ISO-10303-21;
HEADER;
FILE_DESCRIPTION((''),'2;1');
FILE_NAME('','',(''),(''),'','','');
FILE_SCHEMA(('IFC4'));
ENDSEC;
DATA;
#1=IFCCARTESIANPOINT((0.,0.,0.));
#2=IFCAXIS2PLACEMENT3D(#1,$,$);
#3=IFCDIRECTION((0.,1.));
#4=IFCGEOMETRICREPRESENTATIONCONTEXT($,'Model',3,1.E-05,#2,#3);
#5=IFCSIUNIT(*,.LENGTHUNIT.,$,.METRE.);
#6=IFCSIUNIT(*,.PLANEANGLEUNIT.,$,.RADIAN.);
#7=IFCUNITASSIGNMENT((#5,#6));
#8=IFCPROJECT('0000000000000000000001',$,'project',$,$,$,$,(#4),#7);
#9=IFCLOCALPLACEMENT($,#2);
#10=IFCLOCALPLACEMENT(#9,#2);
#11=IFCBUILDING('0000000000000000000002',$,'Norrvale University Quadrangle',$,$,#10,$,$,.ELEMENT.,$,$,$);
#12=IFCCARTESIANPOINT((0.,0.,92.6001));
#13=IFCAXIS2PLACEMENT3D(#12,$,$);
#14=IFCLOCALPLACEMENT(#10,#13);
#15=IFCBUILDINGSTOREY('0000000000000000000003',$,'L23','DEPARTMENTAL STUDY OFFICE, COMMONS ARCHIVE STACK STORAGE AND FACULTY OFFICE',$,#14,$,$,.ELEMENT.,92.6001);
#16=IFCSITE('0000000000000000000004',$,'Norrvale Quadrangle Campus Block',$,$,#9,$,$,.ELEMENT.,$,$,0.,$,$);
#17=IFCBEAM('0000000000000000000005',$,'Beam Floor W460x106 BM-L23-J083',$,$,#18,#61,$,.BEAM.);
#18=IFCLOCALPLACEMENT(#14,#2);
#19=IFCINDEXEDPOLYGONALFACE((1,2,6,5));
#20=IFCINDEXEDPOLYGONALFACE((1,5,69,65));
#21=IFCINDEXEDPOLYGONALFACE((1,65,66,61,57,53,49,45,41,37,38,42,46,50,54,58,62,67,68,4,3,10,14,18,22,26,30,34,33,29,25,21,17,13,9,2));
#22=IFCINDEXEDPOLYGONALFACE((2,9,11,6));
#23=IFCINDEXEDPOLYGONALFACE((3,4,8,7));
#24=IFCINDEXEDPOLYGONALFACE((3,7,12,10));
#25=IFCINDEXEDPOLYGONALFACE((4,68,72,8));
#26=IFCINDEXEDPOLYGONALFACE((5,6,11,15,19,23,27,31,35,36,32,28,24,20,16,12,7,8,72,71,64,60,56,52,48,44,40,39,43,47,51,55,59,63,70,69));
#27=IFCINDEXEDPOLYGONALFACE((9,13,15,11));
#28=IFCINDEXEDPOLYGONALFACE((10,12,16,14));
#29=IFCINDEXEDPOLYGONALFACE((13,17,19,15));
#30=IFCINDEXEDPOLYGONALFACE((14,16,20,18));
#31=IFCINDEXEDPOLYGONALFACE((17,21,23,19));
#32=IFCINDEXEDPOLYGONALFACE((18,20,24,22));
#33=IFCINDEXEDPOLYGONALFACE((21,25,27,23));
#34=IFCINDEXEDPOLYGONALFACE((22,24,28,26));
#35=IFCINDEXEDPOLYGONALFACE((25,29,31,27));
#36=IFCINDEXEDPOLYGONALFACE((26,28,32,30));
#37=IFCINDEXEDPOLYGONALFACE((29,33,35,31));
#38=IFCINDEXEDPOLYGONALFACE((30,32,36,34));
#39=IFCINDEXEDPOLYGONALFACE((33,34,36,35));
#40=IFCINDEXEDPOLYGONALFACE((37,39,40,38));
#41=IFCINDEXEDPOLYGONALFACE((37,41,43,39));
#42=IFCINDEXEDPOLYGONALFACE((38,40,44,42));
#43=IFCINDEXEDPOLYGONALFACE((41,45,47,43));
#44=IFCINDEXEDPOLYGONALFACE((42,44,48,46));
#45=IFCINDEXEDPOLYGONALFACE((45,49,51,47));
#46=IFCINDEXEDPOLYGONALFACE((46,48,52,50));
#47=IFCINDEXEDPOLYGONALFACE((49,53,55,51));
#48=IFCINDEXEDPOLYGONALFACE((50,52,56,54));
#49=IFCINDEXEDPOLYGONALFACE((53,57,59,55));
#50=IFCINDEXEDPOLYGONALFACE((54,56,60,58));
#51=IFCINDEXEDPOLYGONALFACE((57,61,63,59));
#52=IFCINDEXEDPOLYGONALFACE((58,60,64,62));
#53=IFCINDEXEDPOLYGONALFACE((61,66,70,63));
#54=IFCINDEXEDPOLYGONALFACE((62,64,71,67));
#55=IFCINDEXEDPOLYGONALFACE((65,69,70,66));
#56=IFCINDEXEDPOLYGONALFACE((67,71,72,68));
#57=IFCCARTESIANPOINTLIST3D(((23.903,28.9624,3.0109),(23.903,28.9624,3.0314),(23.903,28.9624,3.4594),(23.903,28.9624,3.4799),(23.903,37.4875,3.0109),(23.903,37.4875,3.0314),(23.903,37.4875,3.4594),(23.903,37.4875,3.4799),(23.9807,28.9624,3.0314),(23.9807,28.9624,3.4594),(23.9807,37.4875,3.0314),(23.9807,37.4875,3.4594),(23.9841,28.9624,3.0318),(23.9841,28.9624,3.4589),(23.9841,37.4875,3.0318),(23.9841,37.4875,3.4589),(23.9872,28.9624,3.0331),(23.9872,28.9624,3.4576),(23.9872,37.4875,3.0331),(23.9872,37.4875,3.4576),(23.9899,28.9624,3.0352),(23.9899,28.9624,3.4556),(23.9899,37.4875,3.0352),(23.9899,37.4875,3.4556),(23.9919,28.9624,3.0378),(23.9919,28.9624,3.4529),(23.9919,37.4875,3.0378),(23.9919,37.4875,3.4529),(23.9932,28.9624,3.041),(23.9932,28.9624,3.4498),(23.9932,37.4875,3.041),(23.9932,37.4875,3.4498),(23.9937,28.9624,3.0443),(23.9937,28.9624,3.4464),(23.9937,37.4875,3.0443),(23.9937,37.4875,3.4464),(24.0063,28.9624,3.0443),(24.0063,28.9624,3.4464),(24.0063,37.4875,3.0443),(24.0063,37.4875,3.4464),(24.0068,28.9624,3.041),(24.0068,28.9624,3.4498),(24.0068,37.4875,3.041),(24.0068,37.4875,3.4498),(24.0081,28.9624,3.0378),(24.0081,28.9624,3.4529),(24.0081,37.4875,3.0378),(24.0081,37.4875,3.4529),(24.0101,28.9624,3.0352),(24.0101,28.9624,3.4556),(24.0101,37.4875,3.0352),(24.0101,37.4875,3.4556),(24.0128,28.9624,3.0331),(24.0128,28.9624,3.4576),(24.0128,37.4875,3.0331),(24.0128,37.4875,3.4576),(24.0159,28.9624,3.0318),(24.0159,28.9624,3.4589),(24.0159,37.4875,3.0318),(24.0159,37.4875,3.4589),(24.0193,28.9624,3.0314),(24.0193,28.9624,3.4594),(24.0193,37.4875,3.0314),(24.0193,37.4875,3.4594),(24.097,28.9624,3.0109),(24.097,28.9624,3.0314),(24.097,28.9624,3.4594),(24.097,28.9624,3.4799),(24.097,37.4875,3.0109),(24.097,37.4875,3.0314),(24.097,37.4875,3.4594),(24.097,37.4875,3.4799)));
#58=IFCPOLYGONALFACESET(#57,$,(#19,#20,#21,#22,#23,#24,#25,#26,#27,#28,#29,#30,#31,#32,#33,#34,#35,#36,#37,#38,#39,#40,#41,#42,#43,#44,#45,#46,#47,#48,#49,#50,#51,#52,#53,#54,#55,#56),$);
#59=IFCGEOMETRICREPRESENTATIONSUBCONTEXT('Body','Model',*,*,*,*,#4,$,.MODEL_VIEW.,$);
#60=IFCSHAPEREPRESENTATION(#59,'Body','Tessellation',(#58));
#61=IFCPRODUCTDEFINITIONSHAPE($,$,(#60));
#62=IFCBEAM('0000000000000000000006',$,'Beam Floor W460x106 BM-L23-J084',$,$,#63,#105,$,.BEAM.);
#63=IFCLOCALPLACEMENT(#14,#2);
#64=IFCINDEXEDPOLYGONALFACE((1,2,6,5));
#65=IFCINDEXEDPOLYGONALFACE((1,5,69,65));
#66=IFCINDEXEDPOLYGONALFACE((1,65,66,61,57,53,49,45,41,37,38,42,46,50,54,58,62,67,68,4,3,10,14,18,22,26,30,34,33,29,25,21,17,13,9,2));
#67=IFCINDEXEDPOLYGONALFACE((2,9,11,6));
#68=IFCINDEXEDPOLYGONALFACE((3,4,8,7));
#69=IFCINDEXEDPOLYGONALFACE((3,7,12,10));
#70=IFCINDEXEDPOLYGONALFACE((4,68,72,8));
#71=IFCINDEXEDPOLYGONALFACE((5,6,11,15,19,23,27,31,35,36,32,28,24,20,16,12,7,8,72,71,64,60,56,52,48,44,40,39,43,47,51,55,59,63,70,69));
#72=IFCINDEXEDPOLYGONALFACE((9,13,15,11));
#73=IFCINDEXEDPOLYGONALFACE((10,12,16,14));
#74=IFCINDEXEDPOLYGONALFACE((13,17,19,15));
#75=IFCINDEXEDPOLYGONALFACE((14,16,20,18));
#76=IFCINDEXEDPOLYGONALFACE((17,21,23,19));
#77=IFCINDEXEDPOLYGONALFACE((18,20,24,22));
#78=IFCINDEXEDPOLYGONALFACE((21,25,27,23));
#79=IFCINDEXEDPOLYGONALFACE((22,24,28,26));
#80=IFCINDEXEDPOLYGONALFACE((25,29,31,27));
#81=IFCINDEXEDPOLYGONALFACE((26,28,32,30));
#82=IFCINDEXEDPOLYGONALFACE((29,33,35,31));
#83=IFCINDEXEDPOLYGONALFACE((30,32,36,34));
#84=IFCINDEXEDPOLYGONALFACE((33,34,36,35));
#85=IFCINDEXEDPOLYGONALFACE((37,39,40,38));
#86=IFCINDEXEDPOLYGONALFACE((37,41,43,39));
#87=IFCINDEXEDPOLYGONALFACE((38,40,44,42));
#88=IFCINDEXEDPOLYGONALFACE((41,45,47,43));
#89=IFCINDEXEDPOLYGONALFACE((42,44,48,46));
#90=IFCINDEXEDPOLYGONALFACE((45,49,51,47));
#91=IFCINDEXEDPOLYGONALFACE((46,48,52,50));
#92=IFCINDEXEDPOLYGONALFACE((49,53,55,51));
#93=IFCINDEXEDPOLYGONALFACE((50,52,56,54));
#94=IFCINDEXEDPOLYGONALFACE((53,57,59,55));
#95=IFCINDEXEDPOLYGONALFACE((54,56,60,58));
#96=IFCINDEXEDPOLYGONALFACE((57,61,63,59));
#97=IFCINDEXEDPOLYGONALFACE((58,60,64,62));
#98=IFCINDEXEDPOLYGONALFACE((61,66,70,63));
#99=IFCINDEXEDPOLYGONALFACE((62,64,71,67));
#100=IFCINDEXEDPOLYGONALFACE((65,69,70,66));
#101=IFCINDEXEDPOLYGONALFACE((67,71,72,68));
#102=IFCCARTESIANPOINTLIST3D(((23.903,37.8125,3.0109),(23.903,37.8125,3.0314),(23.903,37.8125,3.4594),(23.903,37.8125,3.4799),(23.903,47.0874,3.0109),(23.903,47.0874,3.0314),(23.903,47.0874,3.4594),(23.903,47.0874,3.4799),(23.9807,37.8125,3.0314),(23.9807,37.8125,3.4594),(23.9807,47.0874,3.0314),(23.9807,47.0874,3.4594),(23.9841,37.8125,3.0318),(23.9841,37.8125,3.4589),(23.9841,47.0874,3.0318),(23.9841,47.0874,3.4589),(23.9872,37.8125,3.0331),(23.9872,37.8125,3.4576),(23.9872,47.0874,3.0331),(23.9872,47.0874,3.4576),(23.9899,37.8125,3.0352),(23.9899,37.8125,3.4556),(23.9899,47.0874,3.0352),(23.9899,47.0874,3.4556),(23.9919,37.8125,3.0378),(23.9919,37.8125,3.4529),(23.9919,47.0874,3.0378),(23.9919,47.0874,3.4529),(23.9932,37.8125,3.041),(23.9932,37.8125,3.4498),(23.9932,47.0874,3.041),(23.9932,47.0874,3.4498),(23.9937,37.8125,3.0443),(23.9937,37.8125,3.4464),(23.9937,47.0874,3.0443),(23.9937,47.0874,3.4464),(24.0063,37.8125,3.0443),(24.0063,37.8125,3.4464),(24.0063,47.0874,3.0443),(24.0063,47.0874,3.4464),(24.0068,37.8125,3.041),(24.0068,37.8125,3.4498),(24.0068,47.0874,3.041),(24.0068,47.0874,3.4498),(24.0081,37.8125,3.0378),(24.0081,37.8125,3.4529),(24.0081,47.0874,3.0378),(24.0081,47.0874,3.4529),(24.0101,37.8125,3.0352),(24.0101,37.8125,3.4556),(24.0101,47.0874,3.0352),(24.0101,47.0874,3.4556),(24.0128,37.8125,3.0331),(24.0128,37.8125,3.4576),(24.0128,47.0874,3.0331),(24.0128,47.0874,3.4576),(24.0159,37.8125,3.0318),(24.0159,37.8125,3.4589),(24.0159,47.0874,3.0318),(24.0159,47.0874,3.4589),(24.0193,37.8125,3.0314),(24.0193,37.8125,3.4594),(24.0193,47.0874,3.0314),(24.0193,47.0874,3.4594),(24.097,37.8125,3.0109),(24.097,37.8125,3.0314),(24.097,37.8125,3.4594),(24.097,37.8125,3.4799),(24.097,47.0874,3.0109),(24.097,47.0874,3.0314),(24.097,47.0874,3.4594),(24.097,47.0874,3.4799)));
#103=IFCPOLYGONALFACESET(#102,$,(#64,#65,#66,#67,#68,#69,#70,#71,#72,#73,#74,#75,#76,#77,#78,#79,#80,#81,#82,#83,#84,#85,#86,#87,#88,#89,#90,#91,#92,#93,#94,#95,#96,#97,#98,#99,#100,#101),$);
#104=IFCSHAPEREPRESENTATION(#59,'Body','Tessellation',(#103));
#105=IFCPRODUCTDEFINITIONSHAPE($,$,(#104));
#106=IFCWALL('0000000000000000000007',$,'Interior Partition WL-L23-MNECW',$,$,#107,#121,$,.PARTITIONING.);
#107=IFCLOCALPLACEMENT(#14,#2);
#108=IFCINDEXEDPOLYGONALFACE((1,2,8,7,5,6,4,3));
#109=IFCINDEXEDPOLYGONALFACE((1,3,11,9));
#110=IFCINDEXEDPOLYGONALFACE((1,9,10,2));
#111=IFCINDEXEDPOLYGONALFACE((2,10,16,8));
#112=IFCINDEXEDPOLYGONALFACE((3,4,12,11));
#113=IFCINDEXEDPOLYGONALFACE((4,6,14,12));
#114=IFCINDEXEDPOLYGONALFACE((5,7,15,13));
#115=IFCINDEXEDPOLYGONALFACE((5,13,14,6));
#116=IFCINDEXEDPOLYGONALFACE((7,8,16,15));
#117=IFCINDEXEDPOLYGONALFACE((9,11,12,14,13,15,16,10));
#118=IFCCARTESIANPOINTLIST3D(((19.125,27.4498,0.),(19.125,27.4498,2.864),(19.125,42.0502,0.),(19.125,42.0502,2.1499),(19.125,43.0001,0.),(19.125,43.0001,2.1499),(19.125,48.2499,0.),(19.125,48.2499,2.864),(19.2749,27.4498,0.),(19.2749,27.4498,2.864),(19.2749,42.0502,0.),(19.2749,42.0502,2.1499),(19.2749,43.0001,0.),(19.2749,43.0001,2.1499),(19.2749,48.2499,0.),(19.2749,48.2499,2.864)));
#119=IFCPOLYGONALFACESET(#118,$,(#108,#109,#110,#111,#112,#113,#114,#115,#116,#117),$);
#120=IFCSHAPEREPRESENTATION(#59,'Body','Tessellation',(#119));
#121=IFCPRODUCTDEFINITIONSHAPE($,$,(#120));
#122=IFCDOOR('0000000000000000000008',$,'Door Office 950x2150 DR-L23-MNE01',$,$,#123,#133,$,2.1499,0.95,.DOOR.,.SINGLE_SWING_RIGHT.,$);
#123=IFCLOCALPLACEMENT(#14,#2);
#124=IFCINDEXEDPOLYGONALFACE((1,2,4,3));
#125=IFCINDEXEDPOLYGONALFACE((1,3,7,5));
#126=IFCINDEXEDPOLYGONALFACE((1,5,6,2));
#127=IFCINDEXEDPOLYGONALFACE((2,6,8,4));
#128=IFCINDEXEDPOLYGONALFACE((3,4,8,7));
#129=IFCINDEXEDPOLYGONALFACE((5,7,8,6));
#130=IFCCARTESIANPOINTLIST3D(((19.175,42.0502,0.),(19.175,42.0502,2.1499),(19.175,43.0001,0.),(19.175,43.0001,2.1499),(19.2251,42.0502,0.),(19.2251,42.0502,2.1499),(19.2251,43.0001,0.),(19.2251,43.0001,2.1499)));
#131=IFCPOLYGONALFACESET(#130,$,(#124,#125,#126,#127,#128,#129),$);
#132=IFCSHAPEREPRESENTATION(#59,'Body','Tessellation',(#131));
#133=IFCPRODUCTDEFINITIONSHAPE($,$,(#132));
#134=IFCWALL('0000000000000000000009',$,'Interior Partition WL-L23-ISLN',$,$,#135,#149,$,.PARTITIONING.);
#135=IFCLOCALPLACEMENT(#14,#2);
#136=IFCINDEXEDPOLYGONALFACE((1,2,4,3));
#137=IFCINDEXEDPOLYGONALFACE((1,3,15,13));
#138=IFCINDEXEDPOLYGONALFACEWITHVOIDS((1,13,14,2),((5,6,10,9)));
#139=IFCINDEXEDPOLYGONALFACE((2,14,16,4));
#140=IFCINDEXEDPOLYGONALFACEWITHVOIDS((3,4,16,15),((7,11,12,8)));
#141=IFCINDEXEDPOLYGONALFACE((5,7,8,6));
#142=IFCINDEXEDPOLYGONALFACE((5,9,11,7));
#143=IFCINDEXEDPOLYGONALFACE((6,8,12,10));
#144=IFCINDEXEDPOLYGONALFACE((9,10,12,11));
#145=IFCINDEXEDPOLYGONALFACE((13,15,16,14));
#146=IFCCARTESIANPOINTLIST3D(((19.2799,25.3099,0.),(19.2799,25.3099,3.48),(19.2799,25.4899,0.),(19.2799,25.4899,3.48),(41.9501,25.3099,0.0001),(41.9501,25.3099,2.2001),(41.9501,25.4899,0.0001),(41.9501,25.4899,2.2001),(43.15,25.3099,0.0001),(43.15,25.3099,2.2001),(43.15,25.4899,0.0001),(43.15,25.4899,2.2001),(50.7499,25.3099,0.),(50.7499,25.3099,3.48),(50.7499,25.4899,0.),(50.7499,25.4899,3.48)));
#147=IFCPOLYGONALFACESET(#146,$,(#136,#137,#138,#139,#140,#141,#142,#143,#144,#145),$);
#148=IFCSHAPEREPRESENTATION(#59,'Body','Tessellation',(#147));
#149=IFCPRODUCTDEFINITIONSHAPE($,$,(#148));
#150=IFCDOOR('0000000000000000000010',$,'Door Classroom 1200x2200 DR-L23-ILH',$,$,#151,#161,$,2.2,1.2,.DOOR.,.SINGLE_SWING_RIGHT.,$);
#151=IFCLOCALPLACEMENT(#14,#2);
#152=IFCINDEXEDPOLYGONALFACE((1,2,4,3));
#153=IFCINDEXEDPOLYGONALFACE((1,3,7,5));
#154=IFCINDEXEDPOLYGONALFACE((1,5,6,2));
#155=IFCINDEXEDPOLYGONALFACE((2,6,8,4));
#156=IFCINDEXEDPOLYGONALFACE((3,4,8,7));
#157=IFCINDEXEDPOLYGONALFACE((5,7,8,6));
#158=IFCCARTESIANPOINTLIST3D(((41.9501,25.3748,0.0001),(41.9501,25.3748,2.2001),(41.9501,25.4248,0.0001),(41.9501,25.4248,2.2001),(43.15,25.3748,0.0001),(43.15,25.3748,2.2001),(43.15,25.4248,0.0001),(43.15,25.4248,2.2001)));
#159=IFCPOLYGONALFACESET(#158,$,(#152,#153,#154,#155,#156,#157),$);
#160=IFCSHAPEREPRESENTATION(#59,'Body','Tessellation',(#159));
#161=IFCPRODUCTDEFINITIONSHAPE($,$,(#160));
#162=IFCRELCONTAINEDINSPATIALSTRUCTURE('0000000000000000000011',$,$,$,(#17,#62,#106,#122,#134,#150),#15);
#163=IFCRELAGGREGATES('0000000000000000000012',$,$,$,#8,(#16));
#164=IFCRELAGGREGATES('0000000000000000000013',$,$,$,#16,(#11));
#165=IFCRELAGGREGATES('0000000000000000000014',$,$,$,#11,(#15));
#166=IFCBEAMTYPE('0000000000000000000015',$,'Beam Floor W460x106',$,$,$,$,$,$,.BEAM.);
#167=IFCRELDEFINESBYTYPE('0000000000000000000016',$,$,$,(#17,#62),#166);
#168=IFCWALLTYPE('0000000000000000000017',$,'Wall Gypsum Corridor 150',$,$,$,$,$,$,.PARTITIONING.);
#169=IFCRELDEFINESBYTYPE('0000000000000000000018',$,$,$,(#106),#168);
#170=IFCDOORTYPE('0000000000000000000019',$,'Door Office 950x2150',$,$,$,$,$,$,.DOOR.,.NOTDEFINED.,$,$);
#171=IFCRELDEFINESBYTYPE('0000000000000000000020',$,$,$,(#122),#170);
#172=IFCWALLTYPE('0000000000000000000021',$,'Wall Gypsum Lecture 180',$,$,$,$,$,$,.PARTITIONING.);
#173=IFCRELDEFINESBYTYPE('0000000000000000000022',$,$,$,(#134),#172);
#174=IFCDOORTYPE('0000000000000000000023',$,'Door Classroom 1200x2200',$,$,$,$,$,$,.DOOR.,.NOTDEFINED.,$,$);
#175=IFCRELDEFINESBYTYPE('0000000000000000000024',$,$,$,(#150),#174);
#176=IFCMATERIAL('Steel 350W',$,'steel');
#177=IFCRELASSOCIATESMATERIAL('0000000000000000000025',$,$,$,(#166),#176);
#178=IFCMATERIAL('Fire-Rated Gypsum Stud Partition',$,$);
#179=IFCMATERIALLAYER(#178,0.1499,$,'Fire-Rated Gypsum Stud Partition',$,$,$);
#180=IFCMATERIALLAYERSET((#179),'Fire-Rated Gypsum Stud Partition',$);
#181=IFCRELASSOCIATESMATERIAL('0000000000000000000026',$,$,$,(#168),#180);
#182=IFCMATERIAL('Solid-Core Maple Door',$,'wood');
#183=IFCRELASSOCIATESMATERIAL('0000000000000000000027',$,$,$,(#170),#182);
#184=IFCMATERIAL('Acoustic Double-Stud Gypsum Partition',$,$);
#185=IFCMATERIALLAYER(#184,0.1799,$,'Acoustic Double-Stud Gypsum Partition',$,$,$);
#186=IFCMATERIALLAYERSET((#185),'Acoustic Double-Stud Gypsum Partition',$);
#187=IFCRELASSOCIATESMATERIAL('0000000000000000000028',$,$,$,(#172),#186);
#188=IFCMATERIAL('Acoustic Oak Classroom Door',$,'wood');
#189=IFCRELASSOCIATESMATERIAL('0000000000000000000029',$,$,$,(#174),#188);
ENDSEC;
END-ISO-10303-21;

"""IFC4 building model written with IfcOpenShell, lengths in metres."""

from ifc_helpers import new_model, si_unit, direction, frame, frame_2d, origin, origin_2d, place, context, subcontext, project, spatial, rectangle, i_section, extrude, material, layer, layer_set, material_profile, profile_set, type_object, element, fill, save


model = new_model("IFC4")

# Units and contexts
model_context = context("Model", 3, precision=1e-05, world=origin(), true_north=direction((0.0, 1.0)))
body_context = subcontext(model_context, "Body", "Model", "MODEL_VIEW")
ifc_project = project(units=[si_unit("LENGTHUNIT", "METRE"), si_unit("PLANEANGLEUNIT", "RADIAN")], contexts=[model_context])

# Site, building, storey
site_placement = place(None, origin())
site = spatial("IfcSite", under=ifc_project, at=site_placement, Name="Norrvale Quadrangle Campus Block", CompositionType="ELEMENT", RefElevation=0.0)
building_placement = place(site_placement, origin())
building = spatial("IfcBuilding", under=site, at=building_placement, Name="Norrvale University Quadrangle", CompositionType="ELEMENT")
storey_placement = place(building_placement, frame((0.0, 0.0, 92.6001)))
storey = spatial("IfcBuildingStorey", under=building, at=storey_placement, Name="L23", Description="DEPARTMENTAL STUDY OFFICE, COMMONS ARCHIVE STACK STORAGE AND FACULTY OFFICE", CompositionType="ELEMENT", Elevation=92.6001)

# Beams
ifc_material_1 = material(Name="Steel 350W", Category="steel")
ifc_material_profile_1 = material_profile(ifc_material_1, i_section(OverallWidth=0.1941, OverallDepth=0.469, WebThickness=0.0127, FlangeThickness=0.0205, FilletRadius=0.0129, at=origin_2d()), Name="Steel 350W")
ifc_profile_set_1 = profile_set([ifc_material_profile_1], Name="Steel 350W")
beam_type_1 = type_object("IfcBeamType", Name="Beam Floor W460x106", PredefinedType="BEAM", material=ifc_profile_set_1)
beam_1_placement = place(storey_placement, frame((24.0, 28.9624, 3.2454), z_axis=(0.0, 1.0, 0.0), x_axis=(-1.0, 0.0, 0.0)))
element("IfcBeam", 1, at=beam_1_placement, inside=storey, type_object=beam_type_1, Name="Beam Floor W460x106 BM-L23-J083", PredefinedType="BEAM", context=body_context, shape_type="SweptSolid", body=[
    extrude(i_section(OverallWidth=0.1941, OverallDepth=0.469, WebThickness=0.0127, FlangeThickness=0.0205, FilletRadius=0.0129, at=origin_2d()), origin(), (0.0, 0.0, 1.0), 8.5251),
])
beam_2_placement = place(storey_placement, frame((24.0, 37.8125, 3.2454), z_axis=(0.0, 1.0, 0.0), x_axis=(-1.0, 0.0, 0.0)))
element("IfcBeam", 2, at=beam_2_placement, inside=storey, type_object=beam_type_1, Name="Beam Floor W460x106 BM-L23-J084", PredefinedType="BEAM", context=body_context, shape_type="SweptSolid", body=[
    extrude(i_section(OverallWidth=0.1941, OverallDepth=0.469, WebThickness=0.0127, FlangeThickness=0.0205, FilletRadius=0.0129, at=origin_2d()), origin(), (0.0, 0.0, 1.0), 9.2749),
])

# Walls, openings, doors
ifc_material_2 = material(Name="Fire-Rated Gypsum Stud Partition")
ifc_layer_1 = layer(ifc_material_2, 0.1499, Name="Fire-Rated Gypsum Stud Partition")
ifc_layer_set_1 = layer_set([ifc_layer_1], Name="Fire-Rated Gypsum Stud Partition")
wall_type_1 = type_object("IfcWallType", Name="Wall Gypsum Corridor 150", PredefinedType="PARTITIONING", material=ifc_layer_set_1)
wall_1_placement = place(storey_placement, frame((19.2, 27.45, 0.0), z_axis=(0.0, 0.0, 1.0), x_axis=(0.0, 1.0, 0.0)))
wall_1 = element("IfcWall", 3, at=wall_1_placement, inside=storey, type_object=wall_type_1, Name="Interior Partition WL-L23-MNECW", PredefinedType="PARTITIONING", context=body_context, shape_type="SweptSolid", body=[
    extrude(rectangle(XDim=20.8, YDim=0.1499, at=frame_2d((10.3999, 0.0))), origin(), (0.0, 0.0, 1.0), 2.864),
])
opening_1_placement = place(wall_1_placement, frame((14.6001, 0.0, 0.0)))
opening_1 = element("IfcOpeningElement", 4, at=opening_1_placement, cuts=wall_1, PredefinedType="OPENING", context=body_context, shape_type="SweptSolid", body=[
    extrude(rectangle(XDim=0.95, YDim=2.1499, at=frame_2d((0.4751, 1.075))), frame((0.0, 0.0869, 0.0), z_axis=(0.0, -1.0, 0.0), x_axis=(1.0, 0.0, 0.0)), (0.0, 0.0, 1.0), 0.1738),
])
ifc_material_3 = material(Name="Solid-Core Maple Door", Category="wood")
door_type_1 = type_object("IfcDoorType", Name="Door Office 950x2150", OperationType="NOTDEFINED", PredefinedType="DOOR", material=ifc_material_3)
door_1_placement = place(opening_1_placement, origin())
door_1 = element("IfcDoor", 5, at=door_1_placement, inside=storey, type_object=door_type_1, Name="Door Office 950x2150 DR-L23-MNE01", OperationType="SINGLE_SWING_RIGHT", OverallHeight=2.1499, OverallWidth=0.95, PredefinedType="DOOR", context=body_context, shape_type="SweptSolid", body=[
    extrude(rectangle(XDim=0.95, YDim=2.1499, at=frame_2d((0.4751, 1.075))), frame((0.0, 0.0249, 0.0), z_axis=(0.0, -1.0, 0.0), x_axis=(1.0, 0.0, 0.0)), (0.0, 0.0, 1.0), 0.05),
])
fill(opening_1, door_1)
ifc_material_4 = material(Name="Acoustic Double-Stud Gypsum Partition")
ifc_layer_2 = layer(ifc_material_4, 0.1799, Name="Acoustic Double-Stud Gypsum Partition")
ifc_layer_set_2 = layer_set([ifc_layer_2], Name="Acoustic Double-Stud Gypsum Partition")
wall_type_2 = type_object("IfcWallType", Name="Wall Gypsum Lecture 180", PredefinedType="PARTITIONING", material=ifc_layer_set_2)
wall_2_placement = place(storey_placement, frame((19.28, 25.3999, 0.0), z_axis=(0.0, 0.0, 1.0), x_axis=(1.0, 0.0, 0.0)))
wall_2 = element("IfcWall", 6, at=wall_2_placement, inside=storey, type_object=wall_type_2, Name="Interior Partition WL-L23-ISLN", PredefinedType="PARTITIONING", context=body_context, shape_type="SweptSolid", body=[
    extrude(rectangle(XDim=31.47, YDim=0.1799, at=frame_2d((15.7349, 0.0))), origin(), (0.0, 0.0, 1.0), 3.48),
])
opening_2_placement = place(wall_2_placement, frame((22.6699, 0.0, 0.0)))
opening_2 = element("IfcOpeningElement", 7, at=opening_2_placement, cuts=wall_2, PredefinedType="OPENING", context=body_context, shape_type="SweptSolid", body=[
    extrude(rectangle(XDim=1.2, YDim=2.2, at=frame_2d((0.6001, 1.1001))), frame((0.0, 0.1021, 0.0), z_axis=(0.0, -1.0, 0.0), x_axis=(1.0, 0.0, 0.0)), (0.0, 0.0, 1.0), 0.2039),
])
ifc_material_5 = material(Name="Acoustic Oak Classroom Door", Category="wood")
door_type_2 = type_object("IfcDoorType", Name="Door Classroom 1200x2200", OperationType="NOTDEFINED", PredefinedType="DOOR", material=ifc_material_5)
door_2_placement = place(opening_2_placement, origin())
door_2 = element("IfcDoor", 8, at=door_2_placement, inside=storey, type_object=door_type_2, Name="Door Classroom 1200x2200 DR-L23-ILH", OperationType="SINGLE_SWING_RIGHT", OverallHeight=2.2, OverallWidth=1.2, PredefinedType="DOOR", context=body_context, shape_type="SweptSolid", body=[
    extrude(rectangle(XDim=1.2, YDim=2.2, at=frame_2d((0.6001, 1.1001))), frame((0.0, 0.0249, 0.0), z_axis=(0.0, -1.0, 0.0), x_axis=(1.0, 0.0, 0.0)), (0.0, 0.0, 1.0), 0.05),
])
fill(opening_2, door_2)

save(model, "model.ifc")
